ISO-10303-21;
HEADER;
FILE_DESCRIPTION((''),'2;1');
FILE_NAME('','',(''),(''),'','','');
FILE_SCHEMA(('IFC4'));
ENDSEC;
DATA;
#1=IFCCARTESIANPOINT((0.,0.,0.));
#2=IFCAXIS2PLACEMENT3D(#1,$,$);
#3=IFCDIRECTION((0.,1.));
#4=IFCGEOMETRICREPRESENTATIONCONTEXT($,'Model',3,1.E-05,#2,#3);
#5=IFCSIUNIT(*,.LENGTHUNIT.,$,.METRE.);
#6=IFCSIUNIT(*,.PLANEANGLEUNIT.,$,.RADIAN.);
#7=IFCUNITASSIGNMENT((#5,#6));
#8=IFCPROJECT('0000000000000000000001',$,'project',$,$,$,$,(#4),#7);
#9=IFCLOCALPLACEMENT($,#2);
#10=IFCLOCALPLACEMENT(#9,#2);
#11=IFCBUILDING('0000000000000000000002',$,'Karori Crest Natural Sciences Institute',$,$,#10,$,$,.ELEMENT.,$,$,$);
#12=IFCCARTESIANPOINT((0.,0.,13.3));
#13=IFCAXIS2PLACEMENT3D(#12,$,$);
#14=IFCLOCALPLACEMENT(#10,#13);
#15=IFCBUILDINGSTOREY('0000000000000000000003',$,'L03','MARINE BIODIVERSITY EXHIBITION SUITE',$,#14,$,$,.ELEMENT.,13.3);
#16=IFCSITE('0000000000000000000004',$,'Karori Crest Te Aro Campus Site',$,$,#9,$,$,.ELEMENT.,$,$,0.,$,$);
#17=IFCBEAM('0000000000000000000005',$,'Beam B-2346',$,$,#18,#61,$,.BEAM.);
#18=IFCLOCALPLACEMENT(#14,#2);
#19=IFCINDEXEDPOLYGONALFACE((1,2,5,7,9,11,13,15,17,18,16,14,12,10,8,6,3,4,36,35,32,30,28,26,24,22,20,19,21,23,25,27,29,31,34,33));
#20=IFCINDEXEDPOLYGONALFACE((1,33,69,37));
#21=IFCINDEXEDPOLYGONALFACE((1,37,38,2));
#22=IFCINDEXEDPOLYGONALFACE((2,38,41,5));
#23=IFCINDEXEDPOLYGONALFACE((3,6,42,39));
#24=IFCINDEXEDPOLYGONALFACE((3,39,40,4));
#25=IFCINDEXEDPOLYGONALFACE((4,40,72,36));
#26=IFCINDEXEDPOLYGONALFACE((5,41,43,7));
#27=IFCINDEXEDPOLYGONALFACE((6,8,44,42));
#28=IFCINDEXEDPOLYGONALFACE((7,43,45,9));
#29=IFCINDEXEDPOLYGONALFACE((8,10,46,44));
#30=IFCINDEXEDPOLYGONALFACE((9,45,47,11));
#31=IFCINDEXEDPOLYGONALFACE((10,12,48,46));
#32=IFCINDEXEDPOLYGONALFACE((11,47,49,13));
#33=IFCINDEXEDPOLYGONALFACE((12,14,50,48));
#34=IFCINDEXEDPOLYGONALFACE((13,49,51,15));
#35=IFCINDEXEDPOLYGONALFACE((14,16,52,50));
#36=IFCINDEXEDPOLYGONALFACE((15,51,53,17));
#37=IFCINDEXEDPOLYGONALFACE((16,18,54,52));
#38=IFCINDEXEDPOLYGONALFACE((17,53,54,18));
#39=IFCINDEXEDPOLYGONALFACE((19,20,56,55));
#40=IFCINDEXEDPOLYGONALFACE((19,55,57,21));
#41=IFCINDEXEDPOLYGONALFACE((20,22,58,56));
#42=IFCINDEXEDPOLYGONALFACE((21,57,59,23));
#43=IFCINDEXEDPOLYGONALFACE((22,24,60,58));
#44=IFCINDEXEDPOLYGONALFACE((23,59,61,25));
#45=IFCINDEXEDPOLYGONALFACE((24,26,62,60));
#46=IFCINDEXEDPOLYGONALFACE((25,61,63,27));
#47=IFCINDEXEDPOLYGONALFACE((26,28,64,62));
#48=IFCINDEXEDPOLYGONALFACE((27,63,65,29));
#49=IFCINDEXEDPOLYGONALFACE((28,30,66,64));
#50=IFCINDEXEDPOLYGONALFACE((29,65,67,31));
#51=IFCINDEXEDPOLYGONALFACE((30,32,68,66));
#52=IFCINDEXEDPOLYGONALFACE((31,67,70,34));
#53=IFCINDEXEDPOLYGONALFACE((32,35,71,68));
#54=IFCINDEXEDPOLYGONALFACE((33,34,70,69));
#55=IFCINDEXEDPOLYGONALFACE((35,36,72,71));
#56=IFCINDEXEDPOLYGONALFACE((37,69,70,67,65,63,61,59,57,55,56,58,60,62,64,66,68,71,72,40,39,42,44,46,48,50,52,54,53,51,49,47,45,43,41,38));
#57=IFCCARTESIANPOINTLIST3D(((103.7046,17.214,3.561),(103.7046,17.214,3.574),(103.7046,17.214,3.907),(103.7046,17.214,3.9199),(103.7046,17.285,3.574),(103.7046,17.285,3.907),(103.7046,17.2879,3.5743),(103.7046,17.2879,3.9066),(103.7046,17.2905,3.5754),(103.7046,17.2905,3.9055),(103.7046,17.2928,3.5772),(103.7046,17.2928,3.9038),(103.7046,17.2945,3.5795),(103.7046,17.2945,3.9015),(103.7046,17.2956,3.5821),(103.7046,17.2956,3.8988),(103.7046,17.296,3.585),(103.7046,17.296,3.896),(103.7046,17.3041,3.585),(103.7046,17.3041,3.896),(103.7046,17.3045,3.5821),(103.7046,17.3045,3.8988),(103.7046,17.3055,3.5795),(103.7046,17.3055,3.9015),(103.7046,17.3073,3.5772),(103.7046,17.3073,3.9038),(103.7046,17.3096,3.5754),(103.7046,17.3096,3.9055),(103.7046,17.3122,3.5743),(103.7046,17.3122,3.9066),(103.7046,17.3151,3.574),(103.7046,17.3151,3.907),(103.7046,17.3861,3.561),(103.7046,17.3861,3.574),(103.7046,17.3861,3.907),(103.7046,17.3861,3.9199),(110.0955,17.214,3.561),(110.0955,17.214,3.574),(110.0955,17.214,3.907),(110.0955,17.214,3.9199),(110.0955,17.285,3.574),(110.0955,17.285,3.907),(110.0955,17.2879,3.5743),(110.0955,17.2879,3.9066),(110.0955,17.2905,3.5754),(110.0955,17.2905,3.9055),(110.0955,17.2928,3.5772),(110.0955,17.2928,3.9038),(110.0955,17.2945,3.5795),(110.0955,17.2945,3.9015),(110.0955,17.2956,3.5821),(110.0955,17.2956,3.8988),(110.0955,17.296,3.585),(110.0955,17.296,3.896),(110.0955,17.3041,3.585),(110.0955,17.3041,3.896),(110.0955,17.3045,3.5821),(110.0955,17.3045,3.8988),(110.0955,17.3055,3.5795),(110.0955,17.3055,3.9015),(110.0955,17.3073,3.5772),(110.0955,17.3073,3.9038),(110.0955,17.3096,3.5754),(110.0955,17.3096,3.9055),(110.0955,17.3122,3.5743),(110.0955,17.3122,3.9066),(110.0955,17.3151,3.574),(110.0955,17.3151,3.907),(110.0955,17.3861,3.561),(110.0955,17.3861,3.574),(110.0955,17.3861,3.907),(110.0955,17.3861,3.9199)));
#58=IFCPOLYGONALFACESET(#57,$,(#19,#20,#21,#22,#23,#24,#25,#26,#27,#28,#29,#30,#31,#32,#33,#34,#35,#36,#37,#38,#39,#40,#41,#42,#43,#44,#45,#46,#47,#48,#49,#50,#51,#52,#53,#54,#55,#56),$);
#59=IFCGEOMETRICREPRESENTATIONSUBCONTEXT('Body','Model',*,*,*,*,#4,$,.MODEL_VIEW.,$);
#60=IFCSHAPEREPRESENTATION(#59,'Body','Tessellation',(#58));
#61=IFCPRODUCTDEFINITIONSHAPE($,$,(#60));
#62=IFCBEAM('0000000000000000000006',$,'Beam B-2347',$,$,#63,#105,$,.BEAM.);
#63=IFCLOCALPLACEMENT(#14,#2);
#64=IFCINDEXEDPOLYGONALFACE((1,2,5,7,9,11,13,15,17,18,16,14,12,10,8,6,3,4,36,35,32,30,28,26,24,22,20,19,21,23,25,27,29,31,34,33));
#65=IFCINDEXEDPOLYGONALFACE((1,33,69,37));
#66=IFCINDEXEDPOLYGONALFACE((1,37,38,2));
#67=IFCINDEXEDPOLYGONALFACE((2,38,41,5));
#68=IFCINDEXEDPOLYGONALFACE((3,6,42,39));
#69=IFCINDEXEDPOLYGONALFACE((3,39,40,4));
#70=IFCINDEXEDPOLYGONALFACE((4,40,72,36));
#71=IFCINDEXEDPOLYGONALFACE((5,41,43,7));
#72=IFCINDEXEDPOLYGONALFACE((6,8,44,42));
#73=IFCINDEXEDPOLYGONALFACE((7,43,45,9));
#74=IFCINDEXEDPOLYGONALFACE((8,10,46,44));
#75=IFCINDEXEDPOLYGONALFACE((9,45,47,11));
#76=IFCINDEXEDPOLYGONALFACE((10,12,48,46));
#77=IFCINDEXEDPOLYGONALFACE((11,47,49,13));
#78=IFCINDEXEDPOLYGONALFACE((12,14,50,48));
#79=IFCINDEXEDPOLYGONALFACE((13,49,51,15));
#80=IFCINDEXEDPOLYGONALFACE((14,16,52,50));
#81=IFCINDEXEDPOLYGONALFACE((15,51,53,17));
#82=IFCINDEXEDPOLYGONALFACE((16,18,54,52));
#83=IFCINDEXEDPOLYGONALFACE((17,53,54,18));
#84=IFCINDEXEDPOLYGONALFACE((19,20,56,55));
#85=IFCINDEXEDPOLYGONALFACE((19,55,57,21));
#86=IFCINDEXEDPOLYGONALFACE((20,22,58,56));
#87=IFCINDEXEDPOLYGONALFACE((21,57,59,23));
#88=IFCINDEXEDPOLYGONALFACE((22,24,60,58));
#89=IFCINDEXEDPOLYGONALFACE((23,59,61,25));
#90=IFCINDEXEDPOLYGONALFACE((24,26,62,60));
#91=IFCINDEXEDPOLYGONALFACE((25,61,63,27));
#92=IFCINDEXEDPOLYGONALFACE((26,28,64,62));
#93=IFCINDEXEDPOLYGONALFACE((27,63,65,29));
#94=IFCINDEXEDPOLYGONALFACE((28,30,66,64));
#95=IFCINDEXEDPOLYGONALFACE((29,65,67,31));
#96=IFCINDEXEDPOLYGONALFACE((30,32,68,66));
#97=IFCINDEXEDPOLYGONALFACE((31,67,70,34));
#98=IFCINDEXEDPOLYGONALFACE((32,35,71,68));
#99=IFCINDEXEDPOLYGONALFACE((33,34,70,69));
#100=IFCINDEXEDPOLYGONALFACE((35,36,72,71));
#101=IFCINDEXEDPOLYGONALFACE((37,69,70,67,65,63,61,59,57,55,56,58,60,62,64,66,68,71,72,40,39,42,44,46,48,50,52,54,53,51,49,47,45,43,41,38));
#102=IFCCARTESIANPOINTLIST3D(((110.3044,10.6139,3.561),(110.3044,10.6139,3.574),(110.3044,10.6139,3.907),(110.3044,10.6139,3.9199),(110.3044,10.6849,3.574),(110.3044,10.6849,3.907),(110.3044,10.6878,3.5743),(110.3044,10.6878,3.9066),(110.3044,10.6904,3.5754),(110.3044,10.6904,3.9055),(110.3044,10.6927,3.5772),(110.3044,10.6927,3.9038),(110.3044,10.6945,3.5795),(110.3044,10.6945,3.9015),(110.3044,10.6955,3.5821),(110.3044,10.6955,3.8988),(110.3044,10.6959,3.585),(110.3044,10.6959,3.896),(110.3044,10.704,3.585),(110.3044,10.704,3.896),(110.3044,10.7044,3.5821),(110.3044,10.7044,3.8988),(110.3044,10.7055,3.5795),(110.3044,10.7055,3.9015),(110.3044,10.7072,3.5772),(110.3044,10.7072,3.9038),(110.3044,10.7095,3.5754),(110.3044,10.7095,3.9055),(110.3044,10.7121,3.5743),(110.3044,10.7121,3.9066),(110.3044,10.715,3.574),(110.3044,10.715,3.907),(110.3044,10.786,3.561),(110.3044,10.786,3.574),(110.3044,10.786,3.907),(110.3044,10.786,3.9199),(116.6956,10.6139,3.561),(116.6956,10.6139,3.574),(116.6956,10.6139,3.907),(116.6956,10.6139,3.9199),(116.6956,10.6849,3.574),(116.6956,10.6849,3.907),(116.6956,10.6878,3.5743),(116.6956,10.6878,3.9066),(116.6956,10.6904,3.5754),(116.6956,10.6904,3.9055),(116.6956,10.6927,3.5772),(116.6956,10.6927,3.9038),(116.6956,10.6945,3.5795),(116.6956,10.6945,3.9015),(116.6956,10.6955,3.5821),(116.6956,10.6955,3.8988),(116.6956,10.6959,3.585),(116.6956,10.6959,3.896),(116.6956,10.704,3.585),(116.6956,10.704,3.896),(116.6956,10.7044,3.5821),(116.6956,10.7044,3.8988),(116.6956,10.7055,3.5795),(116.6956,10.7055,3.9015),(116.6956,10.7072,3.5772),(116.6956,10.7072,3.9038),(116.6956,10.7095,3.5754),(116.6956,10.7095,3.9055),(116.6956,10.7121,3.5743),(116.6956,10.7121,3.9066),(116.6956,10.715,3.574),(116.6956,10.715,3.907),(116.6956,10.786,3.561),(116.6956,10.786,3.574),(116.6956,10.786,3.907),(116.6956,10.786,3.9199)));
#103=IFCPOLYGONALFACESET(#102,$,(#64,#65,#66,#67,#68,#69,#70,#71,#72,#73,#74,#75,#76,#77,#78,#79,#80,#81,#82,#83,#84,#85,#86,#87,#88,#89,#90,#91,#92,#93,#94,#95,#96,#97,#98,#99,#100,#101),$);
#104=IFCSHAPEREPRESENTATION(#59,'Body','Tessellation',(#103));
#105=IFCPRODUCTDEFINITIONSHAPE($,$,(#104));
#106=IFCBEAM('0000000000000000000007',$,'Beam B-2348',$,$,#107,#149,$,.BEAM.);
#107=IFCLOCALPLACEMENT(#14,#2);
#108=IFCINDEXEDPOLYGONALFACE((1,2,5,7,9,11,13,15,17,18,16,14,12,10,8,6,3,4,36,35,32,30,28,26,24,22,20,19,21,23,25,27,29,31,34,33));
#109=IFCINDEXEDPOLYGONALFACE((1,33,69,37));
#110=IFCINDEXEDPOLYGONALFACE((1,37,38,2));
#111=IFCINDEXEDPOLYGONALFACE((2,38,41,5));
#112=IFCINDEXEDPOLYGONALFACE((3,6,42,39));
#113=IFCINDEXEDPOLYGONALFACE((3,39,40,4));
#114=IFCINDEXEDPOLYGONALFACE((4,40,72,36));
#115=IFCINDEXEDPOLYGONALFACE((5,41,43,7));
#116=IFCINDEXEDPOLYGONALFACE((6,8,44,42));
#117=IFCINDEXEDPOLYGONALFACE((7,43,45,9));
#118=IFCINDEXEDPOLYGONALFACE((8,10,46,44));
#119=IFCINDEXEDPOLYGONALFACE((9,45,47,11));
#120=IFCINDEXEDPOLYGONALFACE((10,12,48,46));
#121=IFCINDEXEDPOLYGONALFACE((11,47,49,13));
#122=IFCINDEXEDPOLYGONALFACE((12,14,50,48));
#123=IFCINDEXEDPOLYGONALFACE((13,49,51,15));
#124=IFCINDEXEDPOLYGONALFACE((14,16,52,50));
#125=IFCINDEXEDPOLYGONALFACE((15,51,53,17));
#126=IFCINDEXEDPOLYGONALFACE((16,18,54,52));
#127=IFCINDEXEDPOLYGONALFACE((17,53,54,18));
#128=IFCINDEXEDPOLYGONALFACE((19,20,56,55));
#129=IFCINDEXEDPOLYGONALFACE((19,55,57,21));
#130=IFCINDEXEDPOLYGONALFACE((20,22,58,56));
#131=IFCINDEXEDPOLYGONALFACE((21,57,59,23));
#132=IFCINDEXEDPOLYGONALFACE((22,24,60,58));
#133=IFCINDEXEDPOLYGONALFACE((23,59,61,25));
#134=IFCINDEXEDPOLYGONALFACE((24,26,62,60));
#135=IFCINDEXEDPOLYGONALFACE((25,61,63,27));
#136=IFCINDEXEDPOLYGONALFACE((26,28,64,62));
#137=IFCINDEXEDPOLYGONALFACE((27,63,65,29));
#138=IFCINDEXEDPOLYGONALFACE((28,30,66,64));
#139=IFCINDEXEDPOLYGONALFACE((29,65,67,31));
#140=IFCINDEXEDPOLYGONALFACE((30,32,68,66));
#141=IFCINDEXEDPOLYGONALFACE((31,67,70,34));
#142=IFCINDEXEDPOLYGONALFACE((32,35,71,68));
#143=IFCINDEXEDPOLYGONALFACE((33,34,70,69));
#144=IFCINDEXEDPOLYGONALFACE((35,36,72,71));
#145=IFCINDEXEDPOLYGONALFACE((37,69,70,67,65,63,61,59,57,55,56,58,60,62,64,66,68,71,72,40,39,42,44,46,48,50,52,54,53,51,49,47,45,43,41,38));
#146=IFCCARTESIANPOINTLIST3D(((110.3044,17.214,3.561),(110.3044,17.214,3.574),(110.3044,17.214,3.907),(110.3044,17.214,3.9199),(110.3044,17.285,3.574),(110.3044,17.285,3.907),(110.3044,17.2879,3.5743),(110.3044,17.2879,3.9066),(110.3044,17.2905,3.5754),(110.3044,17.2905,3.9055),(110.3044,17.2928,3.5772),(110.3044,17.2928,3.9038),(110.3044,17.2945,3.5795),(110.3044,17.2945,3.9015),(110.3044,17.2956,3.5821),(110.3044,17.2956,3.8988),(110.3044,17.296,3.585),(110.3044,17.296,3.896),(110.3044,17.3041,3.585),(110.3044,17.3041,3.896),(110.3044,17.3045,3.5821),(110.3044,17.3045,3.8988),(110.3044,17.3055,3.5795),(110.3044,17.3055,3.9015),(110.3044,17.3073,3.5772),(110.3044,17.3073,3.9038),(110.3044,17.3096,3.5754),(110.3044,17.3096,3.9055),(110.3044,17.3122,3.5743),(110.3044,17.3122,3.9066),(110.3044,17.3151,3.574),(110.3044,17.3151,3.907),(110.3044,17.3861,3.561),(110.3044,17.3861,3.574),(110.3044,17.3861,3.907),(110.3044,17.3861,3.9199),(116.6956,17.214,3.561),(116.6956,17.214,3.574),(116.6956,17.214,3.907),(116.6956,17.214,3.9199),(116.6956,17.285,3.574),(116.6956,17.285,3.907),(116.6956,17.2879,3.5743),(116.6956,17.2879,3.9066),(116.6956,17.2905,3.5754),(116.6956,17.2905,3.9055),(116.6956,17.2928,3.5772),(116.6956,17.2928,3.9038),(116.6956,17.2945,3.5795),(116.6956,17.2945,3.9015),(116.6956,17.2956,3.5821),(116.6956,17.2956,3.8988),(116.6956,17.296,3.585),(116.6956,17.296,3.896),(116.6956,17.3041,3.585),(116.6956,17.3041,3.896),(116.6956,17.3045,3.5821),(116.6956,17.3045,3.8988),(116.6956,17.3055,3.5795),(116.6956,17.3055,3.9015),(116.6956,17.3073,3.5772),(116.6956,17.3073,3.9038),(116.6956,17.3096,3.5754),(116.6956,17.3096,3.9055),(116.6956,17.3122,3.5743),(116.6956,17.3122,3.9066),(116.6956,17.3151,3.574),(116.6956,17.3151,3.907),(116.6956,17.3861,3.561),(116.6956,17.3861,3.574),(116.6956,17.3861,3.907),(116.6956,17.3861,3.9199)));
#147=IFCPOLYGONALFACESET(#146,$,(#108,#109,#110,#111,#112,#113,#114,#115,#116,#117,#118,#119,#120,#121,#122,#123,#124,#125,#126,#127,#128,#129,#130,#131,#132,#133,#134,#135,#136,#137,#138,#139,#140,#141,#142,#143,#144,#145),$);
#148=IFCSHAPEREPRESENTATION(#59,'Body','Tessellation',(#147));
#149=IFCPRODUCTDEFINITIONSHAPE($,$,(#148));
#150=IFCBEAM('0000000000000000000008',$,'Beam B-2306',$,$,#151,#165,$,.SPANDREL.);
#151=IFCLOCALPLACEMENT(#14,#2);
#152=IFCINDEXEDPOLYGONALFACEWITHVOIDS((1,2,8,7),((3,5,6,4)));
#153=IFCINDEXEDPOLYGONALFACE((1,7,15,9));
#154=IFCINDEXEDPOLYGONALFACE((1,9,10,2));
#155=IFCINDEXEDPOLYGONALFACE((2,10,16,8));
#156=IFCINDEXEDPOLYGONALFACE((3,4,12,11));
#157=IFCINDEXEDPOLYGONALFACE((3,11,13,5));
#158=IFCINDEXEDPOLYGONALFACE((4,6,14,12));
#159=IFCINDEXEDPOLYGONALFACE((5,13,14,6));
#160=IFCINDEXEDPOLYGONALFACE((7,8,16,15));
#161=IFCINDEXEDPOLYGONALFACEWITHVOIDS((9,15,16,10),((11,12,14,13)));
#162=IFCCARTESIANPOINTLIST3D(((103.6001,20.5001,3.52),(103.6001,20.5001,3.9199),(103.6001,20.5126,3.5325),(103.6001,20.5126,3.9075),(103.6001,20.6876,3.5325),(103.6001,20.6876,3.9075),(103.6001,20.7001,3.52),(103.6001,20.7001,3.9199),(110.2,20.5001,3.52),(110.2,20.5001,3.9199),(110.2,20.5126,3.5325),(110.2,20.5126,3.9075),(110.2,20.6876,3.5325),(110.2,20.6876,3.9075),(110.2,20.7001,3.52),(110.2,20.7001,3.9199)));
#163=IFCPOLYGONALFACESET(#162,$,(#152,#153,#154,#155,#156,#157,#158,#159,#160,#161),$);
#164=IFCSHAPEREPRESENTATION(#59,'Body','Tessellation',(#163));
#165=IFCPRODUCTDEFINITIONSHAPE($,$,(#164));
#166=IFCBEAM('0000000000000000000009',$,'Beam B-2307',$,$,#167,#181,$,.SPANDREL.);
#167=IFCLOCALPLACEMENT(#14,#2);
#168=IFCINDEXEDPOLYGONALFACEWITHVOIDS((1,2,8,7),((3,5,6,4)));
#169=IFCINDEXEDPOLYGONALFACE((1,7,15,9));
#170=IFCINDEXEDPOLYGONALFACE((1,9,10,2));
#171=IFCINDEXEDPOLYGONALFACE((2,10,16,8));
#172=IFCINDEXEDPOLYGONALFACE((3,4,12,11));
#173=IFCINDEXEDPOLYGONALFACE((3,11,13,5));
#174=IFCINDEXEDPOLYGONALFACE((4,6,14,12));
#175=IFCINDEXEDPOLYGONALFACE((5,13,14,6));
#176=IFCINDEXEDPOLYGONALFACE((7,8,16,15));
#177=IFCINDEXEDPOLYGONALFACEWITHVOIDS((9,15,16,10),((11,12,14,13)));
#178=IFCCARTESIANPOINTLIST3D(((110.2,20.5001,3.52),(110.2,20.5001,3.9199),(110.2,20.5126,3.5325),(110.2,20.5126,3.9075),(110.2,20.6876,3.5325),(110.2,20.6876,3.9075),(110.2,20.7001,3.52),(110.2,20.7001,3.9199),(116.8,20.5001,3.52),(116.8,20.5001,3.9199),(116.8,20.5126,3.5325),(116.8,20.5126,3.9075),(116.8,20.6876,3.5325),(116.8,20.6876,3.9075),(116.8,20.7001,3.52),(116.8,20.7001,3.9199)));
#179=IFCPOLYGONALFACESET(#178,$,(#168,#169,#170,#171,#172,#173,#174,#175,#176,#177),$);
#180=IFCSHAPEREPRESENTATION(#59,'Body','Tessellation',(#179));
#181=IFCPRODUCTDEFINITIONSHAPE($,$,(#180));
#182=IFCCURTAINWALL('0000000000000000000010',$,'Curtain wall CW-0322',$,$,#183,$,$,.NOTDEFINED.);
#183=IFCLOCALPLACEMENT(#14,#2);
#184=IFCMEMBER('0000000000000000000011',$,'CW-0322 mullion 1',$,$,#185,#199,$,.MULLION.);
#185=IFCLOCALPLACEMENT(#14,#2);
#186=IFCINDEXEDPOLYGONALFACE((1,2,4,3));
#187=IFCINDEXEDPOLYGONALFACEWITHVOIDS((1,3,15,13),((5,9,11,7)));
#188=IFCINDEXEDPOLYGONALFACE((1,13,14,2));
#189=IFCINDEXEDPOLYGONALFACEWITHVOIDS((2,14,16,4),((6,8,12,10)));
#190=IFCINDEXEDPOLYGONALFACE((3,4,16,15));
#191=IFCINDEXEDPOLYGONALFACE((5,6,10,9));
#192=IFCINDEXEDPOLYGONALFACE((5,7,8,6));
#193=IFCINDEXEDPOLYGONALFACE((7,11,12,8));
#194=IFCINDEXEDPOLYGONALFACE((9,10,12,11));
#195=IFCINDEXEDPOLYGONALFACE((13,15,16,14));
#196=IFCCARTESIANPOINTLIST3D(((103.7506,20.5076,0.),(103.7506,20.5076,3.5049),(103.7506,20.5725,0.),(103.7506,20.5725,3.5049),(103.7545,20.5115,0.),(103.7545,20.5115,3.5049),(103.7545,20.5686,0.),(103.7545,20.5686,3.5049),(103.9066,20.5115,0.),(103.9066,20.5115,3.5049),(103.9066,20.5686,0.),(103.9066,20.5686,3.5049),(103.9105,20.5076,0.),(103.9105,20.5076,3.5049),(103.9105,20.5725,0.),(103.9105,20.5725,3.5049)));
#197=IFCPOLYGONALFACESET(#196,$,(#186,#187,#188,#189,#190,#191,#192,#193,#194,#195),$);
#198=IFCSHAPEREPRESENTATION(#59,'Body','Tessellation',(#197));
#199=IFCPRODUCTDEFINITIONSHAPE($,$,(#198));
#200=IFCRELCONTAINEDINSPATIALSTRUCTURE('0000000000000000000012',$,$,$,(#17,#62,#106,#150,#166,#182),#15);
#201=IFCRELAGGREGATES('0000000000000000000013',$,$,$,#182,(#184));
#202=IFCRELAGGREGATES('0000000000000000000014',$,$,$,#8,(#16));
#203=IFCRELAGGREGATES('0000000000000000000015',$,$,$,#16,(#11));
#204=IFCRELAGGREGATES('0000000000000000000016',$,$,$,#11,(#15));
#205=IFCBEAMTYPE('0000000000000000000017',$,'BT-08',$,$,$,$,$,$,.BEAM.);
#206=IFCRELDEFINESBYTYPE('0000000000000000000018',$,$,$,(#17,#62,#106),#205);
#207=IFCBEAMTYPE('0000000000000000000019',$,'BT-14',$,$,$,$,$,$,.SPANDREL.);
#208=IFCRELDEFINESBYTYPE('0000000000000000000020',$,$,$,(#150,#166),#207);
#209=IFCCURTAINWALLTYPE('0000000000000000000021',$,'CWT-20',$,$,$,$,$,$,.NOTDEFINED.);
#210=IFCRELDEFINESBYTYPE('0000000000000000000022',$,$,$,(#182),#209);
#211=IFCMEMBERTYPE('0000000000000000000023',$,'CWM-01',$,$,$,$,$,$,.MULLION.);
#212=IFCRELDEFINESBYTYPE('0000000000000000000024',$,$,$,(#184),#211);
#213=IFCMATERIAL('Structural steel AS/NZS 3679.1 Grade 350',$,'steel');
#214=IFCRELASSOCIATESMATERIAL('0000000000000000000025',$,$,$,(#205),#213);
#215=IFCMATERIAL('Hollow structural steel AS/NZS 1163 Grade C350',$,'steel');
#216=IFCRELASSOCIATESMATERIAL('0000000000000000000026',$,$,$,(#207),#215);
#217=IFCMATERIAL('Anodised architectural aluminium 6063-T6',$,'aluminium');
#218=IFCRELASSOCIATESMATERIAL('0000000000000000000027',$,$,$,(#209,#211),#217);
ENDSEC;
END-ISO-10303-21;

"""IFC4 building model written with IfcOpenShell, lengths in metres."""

from ifc_helpers import new_model, si_unit, direction, frame, origin, origin_2d, place, context, subcontext, project, spatial, hollow_rectangle, i_section, extrude, material, material_profile, profile_set, type_object, element, aggregate, save


model = new_model("IFC4")

# Units and contexts
model_context = context("Model", 3, precision=1e-05, world=origin(), true_north=direction((0.0, 1.0)))
body_context = subcontext(model_context, "Body", "Model", "MODEL_VIEW")
ifc_project = project(units=[si_unit("LENGTHUNIT", "METRE"), si_unit("PLANEANGLEUNIT", "RADIAN")], contexts=[model_context])

# Site, building, storey
site_placement = place(None, origin())
site = spatial("IfcSite", under=ifc_project, at=site_placement, Name="Karori Crest Te Aro Campus Site", CompositionType="ELEMENT", RefElevation=0.0)
building_placement = place(site_placement, origin())
building = spatial("IfcBuilding", under=site, at=building_placement, Name="Karori Crest Natural Sciences Institute", CompositionType="ELEMENT")
storey_placement = place(building_placement, frame((0.0, 0.0, 13.3)))
storey = spatial("IfcBuildingStorey", under=building, at=storey_placement, Name="L03", Description="MARINE BIODIVERSITY EXHIBITION SUITE", CompositionType="ELEMENT", Elevation=13.3)

# Shared definitions
ifc_material_1 = material(Name="Structural steel AS/NZS 3679.1 Grade 350", Category="steel")

# Beams
ifc_material_profile_1 = material_profile(ifc_material_1, i_section(OverallWidth=0.1721, OverallDepth=0.3589, WebThickness=0.0081, FlangeThickness=0.0129, FilletRadius=0.011, at=origin_2d()), Name="360UB56.7")
ifc_profile_set_1 = profile_set([ifc_material_profile_1], Name="Structural steel AS/NZS 3679.1 Grade 350")
beam_type_1 = type_object("IfcBeamType", Name="BT-08", PredefinedType="BEAM", material=ifc_profile_set_1)
beam_1_placement = place(storey_placement, frame((103.7046, 17.3, 3.7405), z_axis=(1.0, 0.0, 0.0), x_axis=(0.0, 1.0, 0.0)))
element("IfcBeam", 1, at=beam_1_placement, inside=storey, type_object=beam_type_1, Name="Beam B-2346", PredefinedType="BEAM", context=body_context, shape_type="SweptSolid", body=[
    extrude(i_section(OverallWidth=0.1721, OverallDepth=0.3589, WebThickness=0.0081, FlangeThickness=0.0129, FilletRadius=0.011, at=origin_2d()), origin(), (0.0, 0.0, 1.0), 6.3909),
])
for number, where, z_axis, x_axis, name in (
    (2, (110.3044, 10.7, 3.7405), (1.0, 0.0, 0.0), (0.0, 1.0, 0.0), "Beam B-2347"),
    (3, (110.3044, 17.3, 3.7405), (1.0, 0.0, 0.0), (0.0, 1.0, 0.0), "Beam B-2348"),
):
    element("IfcBeam", number, at=place(storey_placement, frame(where, z_axis=z_axis, x_axis=x_axis)), inside=storey, type_object=beam_type_1, Name=name, PredefinedType="BEAM", context=body_context, shape_type="SweptSolid", body=[
        extrude(i_section(OverallWidth=0.1721, OverallDepth=0.3589, WebThickness=0.0081, FlangeThickness=0.0129, FilletRadius=0.011, at=origin_2d()), origin(), (0.0, 0.0, 1.0), 6.3911),
    ])
ifc_material_2 = material(Name="Hollow structural steel AS/NZS 1163 Grade C350", Category="steel")
ifc_material_profile_2 = material_profile(ifc_material_2, hollow_rectangle(XDim=0.2, YDim=0.3999, WallThickness=0.0125, at=origin_2d()), Name="RHS400x200x12.5")
ifc_profile_set_2 = profile_set([ifc_material_profile_2], Name="Hollow structural steel AS/NZS 1163 Grade C350")
beam_type_2 = type_object("IfcBeamType", Name="BT-14", PredefinedType="SPANDREL", material=ifc_profile_set_2)
beam_2_placement = place(storey_placement, frame((103.6001, 20.6001, 3.72), z_axis=(1.0, 0.0, 0.0), x_axis=(0.0, 1.0, 0.0)))
element("IfcBeam", 4, at=beam_2_placement, inside=storey, type_object=beam_type_2, Name="Beam B-2306", PredefinedType="SPANDREL", context=body_context, shape_type="SweptSolid", body=[
    extrude(hollow_rectangle(XDim=0.2, YDim=0.3999, WallThickness=0.0125, at=origin_2d()), origin(), (0.0, 0.0, 1.0), 6.5999),
])
beam_3_placement = place(storey_placement, frame((110.2, 20.6001, 3.72), z_axis=(1.0, 0.0, 0.0), x_axis=(0.0, 1.0, 0.0)))
element("IfcBeam", 5, at=beam_3_placement, inside=storey, type_object=beam_type_2, Name="Beam B-2307", PredefinedType="SPANDREL", context=body_context, shape_type="SweptSolid", body=[
    extrude(hollow_rectangle(XDim=0.2, YDim=0.3999, WallThickness=0.0125, at=origin_2d()), origin(), (0.0, 0.0, 1.0), 6.6001),
])

# Curtain wall, member
ifc_material_3 = material(Name="Anodised architectural aluminium 6063-T6", Category="aluminium")
curtain_wall_type = type_object("IfcCurtainWallType", Name="CWT-20", PredefinedType="NOTDEFINED", material=ifc_material_3)
curtain_wall_1_placement = place(storey_placement, origin())
curtain_wall_1 = element("IfcCurtainWall", 6, at=curtain_wall_1_placement, inside=storey, type_object=curtain_wall_type, Name="Curtain wall CW-0322", PredefinedType="NOTDEFINED")
ifc_material_profile_3 = material_profile(ifc_material_3, hollow_rectangle(XDim=0.0649, YDim=0.1599, WallThickness=0.0039, at=origin_2d()), Name="CWM160x65x4")
ifc_profile_set_3 = profile_set([ifc_material_profile_3], Name="Anodised architectural aluminium 6063-T6")
member_type_1 = type_object("IfcMemberType", Name="CWM-01", PredefinedType="MULLION", material=ifc_profile_set_3)
member_1_placement = place(storey_placement, frame((103.8306, 20.54, 0.0), z_axis=(0.0, 0.0, 1.0), x_axis=(0.0, 1.0, 0.0)))
member_1 = element("IfcMember", 7, at=member_1_placement, type_object=member_type_1, Name="CW-0322 mullion 1", PredefinedType="MULLION", context=body_context, shape_type="SweptSolid", body=[
    extrude(hollow_rectangle(XDim=0.0649, YDim=0.1599, WallThickness=0.0039, at=origin_2d()), origin(), (0.0, 0.0, 1.0), 3.5049),
])

aggregate(curtain_wall_1, [member_1])

save(model, "model.ifc")
